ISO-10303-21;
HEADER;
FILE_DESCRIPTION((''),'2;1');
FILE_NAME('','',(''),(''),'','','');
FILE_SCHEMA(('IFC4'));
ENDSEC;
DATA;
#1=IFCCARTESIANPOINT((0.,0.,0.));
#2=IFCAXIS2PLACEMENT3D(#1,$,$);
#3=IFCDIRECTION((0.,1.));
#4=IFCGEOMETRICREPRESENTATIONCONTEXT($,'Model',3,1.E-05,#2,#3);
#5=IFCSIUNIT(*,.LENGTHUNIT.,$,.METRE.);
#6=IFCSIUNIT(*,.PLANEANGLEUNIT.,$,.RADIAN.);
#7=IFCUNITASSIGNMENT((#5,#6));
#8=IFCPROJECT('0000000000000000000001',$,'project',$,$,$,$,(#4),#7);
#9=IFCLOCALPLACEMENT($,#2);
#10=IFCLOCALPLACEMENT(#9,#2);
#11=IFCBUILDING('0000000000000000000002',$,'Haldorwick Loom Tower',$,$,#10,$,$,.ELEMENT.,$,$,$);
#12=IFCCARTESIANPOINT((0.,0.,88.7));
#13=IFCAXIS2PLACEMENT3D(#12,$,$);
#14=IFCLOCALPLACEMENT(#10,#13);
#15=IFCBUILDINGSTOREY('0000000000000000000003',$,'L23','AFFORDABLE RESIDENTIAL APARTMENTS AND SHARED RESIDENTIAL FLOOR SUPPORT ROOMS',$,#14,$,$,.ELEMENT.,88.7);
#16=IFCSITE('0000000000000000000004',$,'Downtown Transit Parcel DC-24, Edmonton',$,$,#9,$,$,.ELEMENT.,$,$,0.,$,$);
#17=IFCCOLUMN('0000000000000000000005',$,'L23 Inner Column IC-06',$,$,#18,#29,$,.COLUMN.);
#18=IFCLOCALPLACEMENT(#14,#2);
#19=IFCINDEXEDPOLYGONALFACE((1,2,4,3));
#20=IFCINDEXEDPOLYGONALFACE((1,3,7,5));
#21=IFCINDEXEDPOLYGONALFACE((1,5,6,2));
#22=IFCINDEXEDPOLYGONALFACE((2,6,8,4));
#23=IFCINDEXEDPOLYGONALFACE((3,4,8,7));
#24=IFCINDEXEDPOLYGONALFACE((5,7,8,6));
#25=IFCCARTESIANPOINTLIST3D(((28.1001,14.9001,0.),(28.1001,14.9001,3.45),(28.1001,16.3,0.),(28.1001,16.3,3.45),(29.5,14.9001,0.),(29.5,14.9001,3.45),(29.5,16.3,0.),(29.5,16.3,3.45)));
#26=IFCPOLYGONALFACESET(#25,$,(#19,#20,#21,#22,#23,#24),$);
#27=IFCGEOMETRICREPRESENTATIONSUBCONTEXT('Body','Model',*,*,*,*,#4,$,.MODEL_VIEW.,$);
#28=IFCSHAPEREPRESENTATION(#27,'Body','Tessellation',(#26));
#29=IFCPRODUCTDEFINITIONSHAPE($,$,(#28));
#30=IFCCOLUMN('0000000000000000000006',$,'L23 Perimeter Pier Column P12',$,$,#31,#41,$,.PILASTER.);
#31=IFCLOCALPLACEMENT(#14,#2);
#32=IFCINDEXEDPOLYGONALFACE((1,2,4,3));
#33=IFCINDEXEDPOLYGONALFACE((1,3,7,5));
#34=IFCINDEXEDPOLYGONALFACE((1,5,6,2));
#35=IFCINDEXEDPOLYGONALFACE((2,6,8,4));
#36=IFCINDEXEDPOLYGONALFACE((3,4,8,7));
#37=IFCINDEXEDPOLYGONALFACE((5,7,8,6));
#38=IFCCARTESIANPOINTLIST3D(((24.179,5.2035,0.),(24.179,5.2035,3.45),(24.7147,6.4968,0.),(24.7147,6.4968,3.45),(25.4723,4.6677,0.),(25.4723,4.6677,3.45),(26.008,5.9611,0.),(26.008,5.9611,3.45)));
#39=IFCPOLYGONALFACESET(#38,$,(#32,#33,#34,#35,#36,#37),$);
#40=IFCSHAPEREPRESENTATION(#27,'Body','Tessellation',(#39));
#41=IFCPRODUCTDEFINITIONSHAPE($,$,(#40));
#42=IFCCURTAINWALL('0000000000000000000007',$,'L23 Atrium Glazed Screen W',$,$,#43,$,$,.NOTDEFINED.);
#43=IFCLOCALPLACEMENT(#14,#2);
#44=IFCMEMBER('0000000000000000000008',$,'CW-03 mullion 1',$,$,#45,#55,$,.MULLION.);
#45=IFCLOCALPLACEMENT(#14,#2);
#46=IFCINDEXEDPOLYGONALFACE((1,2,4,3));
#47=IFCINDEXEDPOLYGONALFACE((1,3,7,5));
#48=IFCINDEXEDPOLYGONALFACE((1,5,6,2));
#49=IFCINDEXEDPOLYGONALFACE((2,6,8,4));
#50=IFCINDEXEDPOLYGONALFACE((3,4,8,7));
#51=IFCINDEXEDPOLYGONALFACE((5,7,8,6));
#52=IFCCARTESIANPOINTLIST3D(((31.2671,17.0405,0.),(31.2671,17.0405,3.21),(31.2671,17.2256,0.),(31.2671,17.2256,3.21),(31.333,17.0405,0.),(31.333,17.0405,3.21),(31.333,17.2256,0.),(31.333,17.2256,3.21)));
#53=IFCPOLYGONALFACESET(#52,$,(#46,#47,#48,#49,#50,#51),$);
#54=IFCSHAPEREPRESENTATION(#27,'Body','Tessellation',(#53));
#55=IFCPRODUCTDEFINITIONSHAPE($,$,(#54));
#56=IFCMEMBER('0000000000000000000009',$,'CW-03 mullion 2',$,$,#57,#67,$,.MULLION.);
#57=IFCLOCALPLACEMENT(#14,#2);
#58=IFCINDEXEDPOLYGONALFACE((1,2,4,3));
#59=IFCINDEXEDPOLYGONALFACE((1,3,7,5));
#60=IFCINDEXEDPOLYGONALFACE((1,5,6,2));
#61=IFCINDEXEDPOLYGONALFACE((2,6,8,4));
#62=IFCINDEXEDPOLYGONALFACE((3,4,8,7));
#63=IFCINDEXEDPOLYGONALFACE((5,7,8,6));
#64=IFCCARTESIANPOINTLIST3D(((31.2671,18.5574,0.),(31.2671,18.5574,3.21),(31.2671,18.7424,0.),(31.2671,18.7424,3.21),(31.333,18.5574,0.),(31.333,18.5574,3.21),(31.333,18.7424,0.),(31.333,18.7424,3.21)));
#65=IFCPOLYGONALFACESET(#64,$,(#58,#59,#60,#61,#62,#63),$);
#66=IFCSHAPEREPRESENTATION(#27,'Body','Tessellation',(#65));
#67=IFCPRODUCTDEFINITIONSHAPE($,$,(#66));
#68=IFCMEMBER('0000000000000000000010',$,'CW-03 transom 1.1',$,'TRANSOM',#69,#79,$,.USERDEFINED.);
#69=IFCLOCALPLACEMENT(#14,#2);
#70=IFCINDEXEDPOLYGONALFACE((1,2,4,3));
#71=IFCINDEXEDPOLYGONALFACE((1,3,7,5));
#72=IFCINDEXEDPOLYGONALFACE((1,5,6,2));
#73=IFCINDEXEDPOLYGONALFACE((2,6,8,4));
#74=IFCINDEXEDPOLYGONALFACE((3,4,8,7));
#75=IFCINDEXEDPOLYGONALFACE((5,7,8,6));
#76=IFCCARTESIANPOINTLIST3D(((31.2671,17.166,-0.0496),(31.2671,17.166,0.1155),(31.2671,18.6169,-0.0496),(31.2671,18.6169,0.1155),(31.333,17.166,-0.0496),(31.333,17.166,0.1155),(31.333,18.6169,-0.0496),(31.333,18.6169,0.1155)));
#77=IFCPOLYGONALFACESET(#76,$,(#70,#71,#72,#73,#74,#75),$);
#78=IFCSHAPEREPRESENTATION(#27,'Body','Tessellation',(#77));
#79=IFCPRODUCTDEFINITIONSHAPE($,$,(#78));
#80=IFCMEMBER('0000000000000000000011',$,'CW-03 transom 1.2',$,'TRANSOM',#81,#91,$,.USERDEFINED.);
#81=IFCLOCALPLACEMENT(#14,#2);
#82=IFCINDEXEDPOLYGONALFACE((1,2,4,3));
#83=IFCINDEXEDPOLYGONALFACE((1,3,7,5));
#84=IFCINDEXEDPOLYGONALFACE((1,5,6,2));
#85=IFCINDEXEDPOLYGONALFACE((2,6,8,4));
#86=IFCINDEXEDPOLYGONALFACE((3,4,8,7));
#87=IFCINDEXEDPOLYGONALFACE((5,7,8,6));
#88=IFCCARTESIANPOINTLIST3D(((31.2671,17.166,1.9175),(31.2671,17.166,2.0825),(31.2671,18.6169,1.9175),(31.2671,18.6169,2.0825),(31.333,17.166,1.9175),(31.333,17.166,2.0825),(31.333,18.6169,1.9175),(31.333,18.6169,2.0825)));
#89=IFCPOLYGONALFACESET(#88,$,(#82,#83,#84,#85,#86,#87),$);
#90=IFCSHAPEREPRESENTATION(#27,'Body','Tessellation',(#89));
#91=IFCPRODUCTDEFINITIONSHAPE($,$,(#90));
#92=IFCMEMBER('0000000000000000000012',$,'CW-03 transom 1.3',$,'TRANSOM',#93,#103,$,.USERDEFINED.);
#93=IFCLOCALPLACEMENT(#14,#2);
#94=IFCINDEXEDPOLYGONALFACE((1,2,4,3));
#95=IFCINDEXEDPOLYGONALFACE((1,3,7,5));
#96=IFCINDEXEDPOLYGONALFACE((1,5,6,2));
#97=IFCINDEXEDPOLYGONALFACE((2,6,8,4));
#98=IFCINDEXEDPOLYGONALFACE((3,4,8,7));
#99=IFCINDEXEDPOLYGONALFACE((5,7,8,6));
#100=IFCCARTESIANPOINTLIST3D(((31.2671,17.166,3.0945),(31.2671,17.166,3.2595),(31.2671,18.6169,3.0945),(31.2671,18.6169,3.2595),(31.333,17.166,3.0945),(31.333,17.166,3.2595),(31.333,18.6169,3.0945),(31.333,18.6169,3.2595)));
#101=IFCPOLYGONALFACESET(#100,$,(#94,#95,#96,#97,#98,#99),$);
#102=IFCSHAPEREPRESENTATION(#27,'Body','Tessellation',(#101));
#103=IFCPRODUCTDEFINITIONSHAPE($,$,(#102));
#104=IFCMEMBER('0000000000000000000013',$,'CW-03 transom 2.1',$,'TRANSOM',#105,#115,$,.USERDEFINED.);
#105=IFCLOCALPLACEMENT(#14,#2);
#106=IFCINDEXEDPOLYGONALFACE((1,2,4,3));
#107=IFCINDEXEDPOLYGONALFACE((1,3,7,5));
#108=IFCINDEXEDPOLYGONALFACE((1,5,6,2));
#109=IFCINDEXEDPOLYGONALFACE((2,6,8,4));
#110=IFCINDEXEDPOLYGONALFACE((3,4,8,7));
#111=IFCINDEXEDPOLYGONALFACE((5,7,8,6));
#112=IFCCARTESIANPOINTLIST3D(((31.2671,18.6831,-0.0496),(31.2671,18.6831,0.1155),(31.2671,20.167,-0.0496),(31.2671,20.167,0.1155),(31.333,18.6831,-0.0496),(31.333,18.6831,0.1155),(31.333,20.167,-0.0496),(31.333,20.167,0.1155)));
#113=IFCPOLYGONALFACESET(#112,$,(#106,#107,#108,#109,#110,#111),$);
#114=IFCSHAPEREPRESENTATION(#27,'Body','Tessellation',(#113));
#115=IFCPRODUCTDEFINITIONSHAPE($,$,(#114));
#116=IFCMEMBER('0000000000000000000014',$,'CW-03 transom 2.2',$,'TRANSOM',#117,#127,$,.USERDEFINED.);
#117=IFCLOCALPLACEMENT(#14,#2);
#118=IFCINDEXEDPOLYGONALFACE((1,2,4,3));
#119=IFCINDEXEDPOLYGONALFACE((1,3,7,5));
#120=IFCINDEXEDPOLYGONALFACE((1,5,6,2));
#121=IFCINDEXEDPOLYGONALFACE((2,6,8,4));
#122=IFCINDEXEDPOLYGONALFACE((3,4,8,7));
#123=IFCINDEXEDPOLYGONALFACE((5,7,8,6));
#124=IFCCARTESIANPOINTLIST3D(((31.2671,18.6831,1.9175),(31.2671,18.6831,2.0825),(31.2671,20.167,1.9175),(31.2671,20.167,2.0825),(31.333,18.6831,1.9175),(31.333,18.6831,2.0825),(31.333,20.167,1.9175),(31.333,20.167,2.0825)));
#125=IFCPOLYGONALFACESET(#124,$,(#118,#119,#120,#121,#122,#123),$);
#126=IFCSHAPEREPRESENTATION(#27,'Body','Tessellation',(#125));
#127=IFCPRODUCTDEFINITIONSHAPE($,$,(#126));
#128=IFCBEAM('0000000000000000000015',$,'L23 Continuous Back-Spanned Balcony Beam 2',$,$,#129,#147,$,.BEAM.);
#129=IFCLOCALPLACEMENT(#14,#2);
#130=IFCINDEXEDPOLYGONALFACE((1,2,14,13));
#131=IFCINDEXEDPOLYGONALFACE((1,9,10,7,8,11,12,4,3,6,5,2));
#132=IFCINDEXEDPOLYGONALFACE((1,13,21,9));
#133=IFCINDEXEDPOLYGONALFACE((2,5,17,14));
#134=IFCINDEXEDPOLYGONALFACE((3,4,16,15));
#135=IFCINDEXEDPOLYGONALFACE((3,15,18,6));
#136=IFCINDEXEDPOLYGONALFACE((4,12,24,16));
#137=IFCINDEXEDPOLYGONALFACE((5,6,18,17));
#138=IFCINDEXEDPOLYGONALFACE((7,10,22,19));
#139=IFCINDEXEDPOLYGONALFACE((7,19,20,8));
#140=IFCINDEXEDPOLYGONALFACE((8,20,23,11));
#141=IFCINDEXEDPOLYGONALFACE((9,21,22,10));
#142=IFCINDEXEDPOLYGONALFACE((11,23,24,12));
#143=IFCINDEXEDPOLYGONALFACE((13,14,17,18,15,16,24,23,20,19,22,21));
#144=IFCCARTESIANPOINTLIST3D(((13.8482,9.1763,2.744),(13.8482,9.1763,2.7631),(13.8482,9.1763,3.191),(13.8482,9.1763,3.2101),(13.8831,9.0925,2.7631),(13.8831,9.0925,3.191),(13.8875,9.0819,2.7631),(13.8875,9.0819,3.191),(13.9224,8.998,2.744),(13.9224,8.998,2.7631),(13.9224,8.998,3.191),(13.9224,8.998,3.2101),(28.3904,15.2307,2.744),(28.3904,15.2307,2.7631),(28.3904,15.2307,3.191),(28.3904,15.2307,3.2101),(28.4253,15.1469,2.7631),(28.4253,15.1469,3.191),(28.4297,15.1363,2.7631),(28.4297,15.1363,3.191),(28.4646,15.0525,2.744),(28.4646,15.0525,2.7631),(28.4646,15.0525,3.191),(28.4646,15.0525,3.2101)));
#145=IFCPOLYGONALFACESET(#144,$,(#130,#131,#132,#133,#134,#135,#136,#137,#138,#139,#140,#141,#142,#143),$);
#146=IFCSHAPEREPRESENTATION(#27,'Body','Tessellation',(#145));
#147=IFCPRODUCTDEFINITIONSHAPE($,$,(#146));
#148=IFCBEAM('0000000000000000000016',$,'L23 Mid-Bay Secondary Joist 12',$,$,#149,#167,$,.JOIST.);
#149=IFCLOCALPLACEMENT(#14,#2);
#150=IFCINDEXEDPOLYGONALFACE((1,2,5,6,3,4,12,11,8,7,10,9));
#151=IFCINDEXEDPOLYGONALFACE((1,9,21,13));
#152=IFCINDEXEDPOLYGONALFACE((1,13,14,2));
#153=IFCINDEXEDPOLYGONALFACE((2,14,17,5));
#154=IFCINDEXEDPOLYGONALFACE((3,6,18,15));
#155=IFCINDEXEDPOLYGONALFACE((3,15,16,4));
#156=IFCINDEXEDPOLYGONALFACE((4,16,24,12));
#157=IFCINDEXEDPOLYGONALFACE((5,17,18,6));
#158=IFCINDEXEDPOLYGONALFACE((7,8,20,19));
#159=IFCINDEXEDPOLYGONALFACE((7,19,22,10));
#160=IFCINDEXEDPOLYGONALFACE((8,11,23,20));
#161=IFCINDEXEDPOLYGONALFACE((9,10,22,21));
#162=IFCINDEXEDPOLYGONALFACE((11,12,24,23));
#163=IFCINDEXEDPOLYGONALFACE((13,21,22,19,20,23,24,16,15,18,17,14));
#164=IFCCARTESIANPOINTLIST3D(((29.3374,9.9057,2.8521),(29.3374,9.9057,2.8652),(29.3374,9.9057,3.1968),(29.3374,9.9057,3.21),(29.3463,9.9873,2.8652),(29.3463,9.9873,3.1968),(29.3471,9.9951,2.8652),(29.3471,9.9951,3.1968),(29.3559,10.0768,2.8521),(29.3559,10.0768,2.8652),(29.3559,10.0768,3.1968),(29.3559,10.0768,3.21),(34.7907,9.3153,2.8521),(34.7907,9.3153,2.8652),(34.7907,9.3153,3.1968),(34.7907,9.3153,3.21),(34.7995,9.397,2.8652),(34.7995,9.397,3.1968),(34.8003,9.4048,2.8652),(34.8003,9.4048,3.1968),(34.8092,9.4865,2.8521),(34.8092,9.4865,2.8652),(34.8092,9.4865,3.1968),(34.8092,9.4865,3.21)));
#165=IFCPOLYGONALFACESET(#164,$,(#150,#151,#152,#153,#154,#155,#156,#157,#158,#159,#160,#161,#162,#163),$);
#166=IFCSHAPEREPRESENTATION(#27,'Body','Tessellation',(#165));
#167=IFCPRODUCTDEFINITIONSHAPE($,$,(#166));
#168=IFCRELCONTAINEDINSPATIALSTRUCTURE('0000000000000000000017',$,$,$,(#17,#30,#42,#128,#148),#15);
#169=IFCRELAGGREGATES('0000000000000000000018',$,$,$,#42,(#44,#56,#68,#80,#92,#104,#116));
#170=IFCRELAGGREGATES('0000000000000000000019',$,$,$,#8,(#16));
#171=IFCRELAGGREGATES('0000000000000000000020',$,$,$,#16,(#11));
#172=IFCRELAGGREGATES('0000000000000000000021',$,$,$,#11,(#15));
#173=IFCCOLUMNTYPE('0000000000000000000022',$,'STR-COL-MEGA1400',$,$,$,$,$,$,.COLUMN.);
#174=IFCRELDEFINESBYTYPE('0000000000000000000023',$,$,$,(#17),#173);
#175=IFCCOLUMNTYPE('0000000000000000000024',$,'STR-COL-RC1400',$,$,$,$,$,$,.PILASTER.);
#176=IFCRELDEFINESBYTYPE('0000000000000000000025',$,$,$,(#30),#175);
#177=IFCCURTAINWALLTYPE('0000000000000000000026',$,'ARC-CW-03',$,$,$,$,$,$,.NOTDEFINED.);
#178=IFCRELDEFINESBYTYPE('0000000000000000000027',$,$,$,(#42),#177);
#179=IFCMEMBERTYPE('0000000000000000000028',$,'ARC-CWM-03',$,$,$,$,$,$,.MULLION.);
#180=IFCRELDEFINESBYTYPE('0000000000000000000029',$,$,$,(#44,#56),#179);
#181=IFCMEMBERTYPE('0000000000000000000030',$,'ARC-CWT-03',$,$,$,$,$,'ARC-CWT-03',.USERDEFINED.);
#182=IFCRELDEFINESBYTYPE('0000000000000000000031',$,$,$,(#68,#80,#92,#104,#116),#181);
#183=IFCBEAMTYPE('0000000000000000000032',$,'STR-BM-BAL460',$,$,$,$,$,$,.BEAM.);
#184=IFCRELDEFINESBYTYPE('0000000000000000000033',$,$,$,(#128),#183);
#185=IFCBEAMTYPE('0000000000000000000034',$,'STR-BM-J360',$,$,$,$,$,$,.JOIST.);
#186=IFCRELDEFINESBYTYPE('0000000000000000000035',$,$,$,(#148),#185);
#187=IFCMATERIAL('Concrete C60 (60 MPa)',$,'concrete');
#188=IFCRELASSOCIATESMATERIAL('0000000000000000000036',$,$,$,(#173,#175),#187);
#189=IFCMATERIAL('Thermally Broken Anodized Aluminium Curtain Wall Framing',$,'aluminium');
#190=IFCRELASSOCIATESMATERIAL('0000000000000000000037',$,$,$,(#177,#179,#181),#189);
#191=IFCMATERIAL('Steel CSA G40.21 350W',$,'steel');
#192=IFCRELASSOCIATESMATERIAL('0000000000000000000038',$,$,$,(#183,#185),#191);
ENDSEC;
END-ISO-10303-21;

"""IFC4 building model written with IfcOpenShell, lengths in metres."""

from ifc_helpers import new_model, si_unit, direction, frame, origin, origin_2d, place, context, subcontext, project, spatial, rectangle, i_section, extrude, material, material_profile, profile_set, type_object, element, aggregate, save


model = new_model("IFC4")

# Units and contexts
model_context = context("Model", 3, precision=1e-05, world=origin(), true_north=direction((0.0, 1.0)))
body_context = subcontext(model_context, "Body", "Model", "MODEL_VIEW")
ifc_project = project(units=[si_unit("LENGTHUNIT", "METRE"), si_unit("PLANEANGLEUNIT", "RADIAN")], contexts=[model_context])

# Site, building, storey
site_placement = place(None, origin())
site = spatial("IfcSite", under=ifc_project, at=site_placement, Name="Downtown Transit Parcel DC-24, Edmonton", CompositionType="ELEMENT", RefElevation=0.0)
building_placement = place(site_placement, origin())
building = spatial("IfcBuilding", under=site, at=building_placement, Name="Haldorwick Loom Tower", CompositionType="ELEMENT")
storey_placement = place(building_placement, frame((0.0, 0.0, 88.7)))
storey = spatial("IfcBuildingStorey", under=building, at=storey_placement, Name="L23", Description="AFFORDABLE RESIDENTIAL APARTMENTS AND SHARED RESIDENTIAL FLOOR SUPPORT ROOMS", CompositionType="ELEMENT", Elevation=88.7)

# Columns
ifc_material_1 = material(Name="Concrete C60 (60 MPa)", Category="concrete")
ifc_material_profile_1 = material_profile(ifc_material_1, rectangle(XDim=1.3999, YDim=1.3999, at=origin_2d()), Name="RC1400X1400", Category="concrete")
ifc_profile_set_1 = profile_set([ifc_material_profile_1], Name="Concrete C60 (60 MPa)")
column_type_1 = type_object("IfcColumnType", Name="STR-COL-MEGA1400", PredefinedType="COLUMN", material=ifc_profile_set_1)
column_1_placement = place(storey_placement, frame((28.8, 15.6001, 0.0), z_axis=(0.0, 0.0, 1.0), x_axis=(1.0, 0.0, 0.0)))
element("IfcColumn", 1, at=column_1_placement, inside=storey, type_object=column_type_1, Name="L23 Inner Column IC-06", PredefinedType="COLUMN", context=body_context, shape_type="SweptSolid", body=[
    extrude(rectangle(XDim=1.3999, YDim=1.3999, at=origin_2d()), origin(), (0.0, 0.0, 1.0), 3.45),
])
ifc_material_profile_2 = material_profile(ifc_material_1, rectangle(XDim=1.3999, YDim=1.3999, at=origin_2d()), Name="RC1400X1400", Category="concrete")
ifc_profile_set_2 = profile_set([ifc_material_profile_2], Name="Concrete C60 (60 MPa)")
column_type_2 = type_object("IfcColumnType", Name="STR-COL-RC1400", PredefinedType="PILASTER", material=ifc_profile_set_2)
column_2_placement = place(storey_placement, frame((25.0935, 5.5823, 0.0), z_axis=(0.0, 0.0, 1.0), x_axis=(-0.382683, -0.92388, 0.0)))
element("IfcColumn", 2, at=column_2_placement, inside=storey, type_object=column_type_2, Name="L23 Perimeter Pier Column P12", PredefinedType="PILASTER", context=body_context, shape_type="SweptSolid", body=[
    extrude(rectangle(XDim=1.3999, YDim=1.3999, at=origin_2d()), origin(), (0.0, 0.0, 1.0), 3.45),
])

# Curtain wall, members
ifc_material_2 = material(Name="Thermally Broken Anodized Aluminium Curtain Wall Framing", Category="aluminium")
curtain_wall_type = type_object("IfcCurtainWallType", Name="ARC-CW-03", PredefinedType="NOTDEFINED", material=ifc_material_2)
curtain_wall_placement = place(storey_placement, origin())
curtain_wall = element("IfcCurtainWall", 3, at=curtain_wall_placement, inside=storey, type_object=curtain_wall_type, Name="L23 Atrium Glazed Screen W", PredefinedType="NOTDEFINED")
ifc_material_profile_3 = material_profile(ifc_material_2, rectangle(XDim=0.0659, YDim=0.1851, at=origin_2d()), Name="ALU_MUL_66X185", Category="aluminium")
ifc_profile_set_3 = profile_set([ifc_material_profile_3], Name="Thermally Broken Anodized Aluminium Curtain Wall Framing")
member_type_1 = type_object("IfcMemberType", Name="ARC-CWM-03", PredefinedType="MULLION", material=ifc_profile_set_3)
member_1_placement = place(storey_placement, frame((31.3, 17.1331, 0.0), z_axis=(0.0, 0.0, 1.0), x_axis=(-1.0, 0.0, 0.0)))
member_1 = element("IfcMember", 4, at=member_1_placement, type_object=member_type_1, Name="CW-03 mullion 1", PredefinedType="MULLION", context=body_context, shape_type="SweptSolid", body=[
    extrude(rectangle(XDim=0.0659, YDim=0.1851, at=origin_2d()), origin(), (0.0, 0.0, 1.0), 3.21),
])
member_2_placement = place(storey_placement, frame((31.3, 18.6499, 0.0), z_axis=(0.0, 0.0, 1.0), x_axis=(-1.0, 0.0, 0.0)))
member_2 = element("IfcMember", 5, at=member_2_placement, type_object=member_type_1, Name="CW-03 mullion 2", PredefinedType="MULLION", context=body_context, shape_type="SweptSolid", body=[
    extrude(rectangle(XDim=0.0659, YDim=0.1851, at=origin_2d()), origin(), (0.0, 0.0, 1.0), 3.21),
])
ifc_material_profile_4 = material_profile(ifc_material_2, rectangle(XDim=0.0659, YDim=0.165, at=origin_2d()), Name="ALU_TRN_66X165", Category="aluminium")
ifc_profile_set_4 = profile_set([ifc_material_profile_4], Name="Thermally Broken Anodized Aluminium Curtain Wall Framing")
member_type_2 = type_object("IfcMemberType", Name="ARC-CWT-03", ElementType="ARC-CWT-03", PredefinedType="USERDEFINED", material=ifc_profile_set_4)
member_3_placement = place(storey_placement, frame((31.3, 17.166, 0.033), z_axis=(0.0, 1.0, 0.0), x_axis=(-1.0, 0.0, 0.0)))
member_3 = element("IfcMember", 6, at=member_3_placement, type_object=member_type_2, Name="CW-03 transom 1.1", ObjectType="TRANSOM", PredefinedType="USERDEFINED", context=body_context, shape_type="SweptSolid", body=[
    extrude(rectangle(XDim=0.0659, YDim=0.165, at=origin_2d()), origin(), (0.0, 0.0, 1.0), 1.4509),
])
member_4_placement = place(storey_placement, frame((31.3, 17.166, 2.0), z_axis=(0.0, 1.0, 0.0), x_axis=(-1.0, 0.0, 0.0)))
member_4 = element("IfcMember", 7, at=member_4_placement, type_object=member_type_2, Name="CW-03 transom 1.2", ObjectType="TRANSOM", PredefinedType="USERDEFINED", context=body_context, shape_type="SweptSolid", body=[
    extrude(rectangle(XDim=0.0659, YDim=0.165, at=origin_2d()), origin(), (0.0, 0.0, 1.0), 1.4509),
])
member_5_placement = place(storey_placement, frame((31.3, 17.166, 3.177), z_axis=(0.0, 1.0, 0.0), x_axis=(-1.0, 0.0, 0.0)))
member_5 = element("IfcMember", 8, at=member_5_placement, type_object=member_type_2, Name="CW-03 transom 1.3", ObjectType="TRANSOM", PredefinedType="USERDEFINED", context=body_context, shape_type="SweptSolid", body=[
    extrude(rectangle(XDim=0.0659, YDim=0.165, at=origin_2d()), origin(), (0.0, 0.0, 1.0), 1.4509),
])
member_6_placement = place(storey_placement, frame((31.3, 18.6831, 0.033), z_axis=(0.0, 1.0, 0.0), x_axis=(-1.0, 0.0, 0.0)))
member_6 = element("IfcMember", 9, at=member_6_placement, type_object=member_type_2, Name="CW-03 transom 2.1", ObjectType="TRANSOM", PredefinedType="USERDEFINED", context=body_context, shape_type="SweptSolid", body=[
    extrude(rectangle(XDim=0.0659, YDim=0.165, at=origin_2d()), origin(), (0.0, 0.0, 1.0), 1.4839),
])
member_7_placement = place(storey_placement, frame((31.3, 18.6831, 2.0), z_axis=(0.0, 1.0, 0.0), x_axis=(-1.0, 0.0, 0.0)))
member_7 = element("IfcMember", 10, at=member_7_placement, type_object=member_type_2, Name="CW-03 transom 2.2", ObjectType="TRANSOM", PredefinedType="USERDEFINED", context=body_context, shape_type="SweptSolid", body=[
    extrude(rectangle(XDim=0.0659, YDim=0.165, at=origin_2d()), origin(), (0.0, 0.0, 1.0), 1.4839),
])

# Beams
ifc_material_3 = material(Name="Steel CSA G40.21 350W", Category="steel")
ifc_material_profile_5 = material_profile(ifc_material_3, i_section(OverallWidth=0.1931, OverallDepth=0.4661, WebThickness=0.0115, FlangeThickness=0.019, at=origin_2d()), Name="W460X97", Category="steel")
ifc_profile_set_5 = profile_set([ifc_material_profile_5], Name="Steel CSA G40.21 350W")
beam_type_1 = type_object("IfcBeamType", Name="STR-BM-BAL460", PredefinedType="BEAM", material=ifc_profile_set_5)
beam_1_placement = place(storey_placement, frame((28.4275, 15.1416, 2.9771), z_axis=(-0.923186, -0.384355, 0.0), x_axis=(0.384355, -0.923186, 0.0)))
element("IfcBeam", 11, at=beam_1_placement, inside=storey, type_object=beam_type_1, Name="L23 Continuous Back-Spanned Balcony Beam 2", PredefinedType="BEAM", context=body_context, shape_type="SweptSolid", body=[
    extrude(i_section(OverallWidth=0.1931, OverallDepth=0.4661, WebThickness=0.0115, FlangeThickness=0.019, at=origin_2d()), origin(), (0.0, 0.0, 1.0), 15.7522),
])
ifc_material_profile_6 = material_profile(ifc_material_3, i_section(OverallWidth=0.1721, OverallDepth=0.3579, WebThickness=0.0078, FlangeThickness=0.0132, at=origin_2d()), Name="W360X57", Category="steel")
ifc_profile_set_6 = profile_set([ifc_material_profile_6], Name="Steel CSA G40.21 350W")
beam_type_2 = type_object("IfcBeamType", Name="STR-BM-J360", PredefinedType="JOIST", material=ifc_profile_set_6)
beam_2_placement = place(storey_placement, frame((29.3467, 9.9912, 3.031), z_axis=(0.994192, -0.107622, 0.0), x_axis=(0.107622, 0.994192, 0.0)))
element("IfcBeam", 12, at=beam_2_placement, inside=storey, type_object=beam_type_2, Name="L23 Mid-Bay Secondary Joist 12", PredefinedType="JOIST", context=body_context, shape_type="SweptSolid", body=[
    extrude(i_section(OverallWidth=0.1721, OverallDepth=0.3579, WebThickness=0.0078, FlangeThickness=0.0132, at=origin_2d()), origin(), (0.0, 0.0, 1.0), 5.4851),
])

aggregate(curtain_wall, [member_1, member_2, member_3, member_4, member_5, member_6, member_7])

save(model, "model.ifc")
